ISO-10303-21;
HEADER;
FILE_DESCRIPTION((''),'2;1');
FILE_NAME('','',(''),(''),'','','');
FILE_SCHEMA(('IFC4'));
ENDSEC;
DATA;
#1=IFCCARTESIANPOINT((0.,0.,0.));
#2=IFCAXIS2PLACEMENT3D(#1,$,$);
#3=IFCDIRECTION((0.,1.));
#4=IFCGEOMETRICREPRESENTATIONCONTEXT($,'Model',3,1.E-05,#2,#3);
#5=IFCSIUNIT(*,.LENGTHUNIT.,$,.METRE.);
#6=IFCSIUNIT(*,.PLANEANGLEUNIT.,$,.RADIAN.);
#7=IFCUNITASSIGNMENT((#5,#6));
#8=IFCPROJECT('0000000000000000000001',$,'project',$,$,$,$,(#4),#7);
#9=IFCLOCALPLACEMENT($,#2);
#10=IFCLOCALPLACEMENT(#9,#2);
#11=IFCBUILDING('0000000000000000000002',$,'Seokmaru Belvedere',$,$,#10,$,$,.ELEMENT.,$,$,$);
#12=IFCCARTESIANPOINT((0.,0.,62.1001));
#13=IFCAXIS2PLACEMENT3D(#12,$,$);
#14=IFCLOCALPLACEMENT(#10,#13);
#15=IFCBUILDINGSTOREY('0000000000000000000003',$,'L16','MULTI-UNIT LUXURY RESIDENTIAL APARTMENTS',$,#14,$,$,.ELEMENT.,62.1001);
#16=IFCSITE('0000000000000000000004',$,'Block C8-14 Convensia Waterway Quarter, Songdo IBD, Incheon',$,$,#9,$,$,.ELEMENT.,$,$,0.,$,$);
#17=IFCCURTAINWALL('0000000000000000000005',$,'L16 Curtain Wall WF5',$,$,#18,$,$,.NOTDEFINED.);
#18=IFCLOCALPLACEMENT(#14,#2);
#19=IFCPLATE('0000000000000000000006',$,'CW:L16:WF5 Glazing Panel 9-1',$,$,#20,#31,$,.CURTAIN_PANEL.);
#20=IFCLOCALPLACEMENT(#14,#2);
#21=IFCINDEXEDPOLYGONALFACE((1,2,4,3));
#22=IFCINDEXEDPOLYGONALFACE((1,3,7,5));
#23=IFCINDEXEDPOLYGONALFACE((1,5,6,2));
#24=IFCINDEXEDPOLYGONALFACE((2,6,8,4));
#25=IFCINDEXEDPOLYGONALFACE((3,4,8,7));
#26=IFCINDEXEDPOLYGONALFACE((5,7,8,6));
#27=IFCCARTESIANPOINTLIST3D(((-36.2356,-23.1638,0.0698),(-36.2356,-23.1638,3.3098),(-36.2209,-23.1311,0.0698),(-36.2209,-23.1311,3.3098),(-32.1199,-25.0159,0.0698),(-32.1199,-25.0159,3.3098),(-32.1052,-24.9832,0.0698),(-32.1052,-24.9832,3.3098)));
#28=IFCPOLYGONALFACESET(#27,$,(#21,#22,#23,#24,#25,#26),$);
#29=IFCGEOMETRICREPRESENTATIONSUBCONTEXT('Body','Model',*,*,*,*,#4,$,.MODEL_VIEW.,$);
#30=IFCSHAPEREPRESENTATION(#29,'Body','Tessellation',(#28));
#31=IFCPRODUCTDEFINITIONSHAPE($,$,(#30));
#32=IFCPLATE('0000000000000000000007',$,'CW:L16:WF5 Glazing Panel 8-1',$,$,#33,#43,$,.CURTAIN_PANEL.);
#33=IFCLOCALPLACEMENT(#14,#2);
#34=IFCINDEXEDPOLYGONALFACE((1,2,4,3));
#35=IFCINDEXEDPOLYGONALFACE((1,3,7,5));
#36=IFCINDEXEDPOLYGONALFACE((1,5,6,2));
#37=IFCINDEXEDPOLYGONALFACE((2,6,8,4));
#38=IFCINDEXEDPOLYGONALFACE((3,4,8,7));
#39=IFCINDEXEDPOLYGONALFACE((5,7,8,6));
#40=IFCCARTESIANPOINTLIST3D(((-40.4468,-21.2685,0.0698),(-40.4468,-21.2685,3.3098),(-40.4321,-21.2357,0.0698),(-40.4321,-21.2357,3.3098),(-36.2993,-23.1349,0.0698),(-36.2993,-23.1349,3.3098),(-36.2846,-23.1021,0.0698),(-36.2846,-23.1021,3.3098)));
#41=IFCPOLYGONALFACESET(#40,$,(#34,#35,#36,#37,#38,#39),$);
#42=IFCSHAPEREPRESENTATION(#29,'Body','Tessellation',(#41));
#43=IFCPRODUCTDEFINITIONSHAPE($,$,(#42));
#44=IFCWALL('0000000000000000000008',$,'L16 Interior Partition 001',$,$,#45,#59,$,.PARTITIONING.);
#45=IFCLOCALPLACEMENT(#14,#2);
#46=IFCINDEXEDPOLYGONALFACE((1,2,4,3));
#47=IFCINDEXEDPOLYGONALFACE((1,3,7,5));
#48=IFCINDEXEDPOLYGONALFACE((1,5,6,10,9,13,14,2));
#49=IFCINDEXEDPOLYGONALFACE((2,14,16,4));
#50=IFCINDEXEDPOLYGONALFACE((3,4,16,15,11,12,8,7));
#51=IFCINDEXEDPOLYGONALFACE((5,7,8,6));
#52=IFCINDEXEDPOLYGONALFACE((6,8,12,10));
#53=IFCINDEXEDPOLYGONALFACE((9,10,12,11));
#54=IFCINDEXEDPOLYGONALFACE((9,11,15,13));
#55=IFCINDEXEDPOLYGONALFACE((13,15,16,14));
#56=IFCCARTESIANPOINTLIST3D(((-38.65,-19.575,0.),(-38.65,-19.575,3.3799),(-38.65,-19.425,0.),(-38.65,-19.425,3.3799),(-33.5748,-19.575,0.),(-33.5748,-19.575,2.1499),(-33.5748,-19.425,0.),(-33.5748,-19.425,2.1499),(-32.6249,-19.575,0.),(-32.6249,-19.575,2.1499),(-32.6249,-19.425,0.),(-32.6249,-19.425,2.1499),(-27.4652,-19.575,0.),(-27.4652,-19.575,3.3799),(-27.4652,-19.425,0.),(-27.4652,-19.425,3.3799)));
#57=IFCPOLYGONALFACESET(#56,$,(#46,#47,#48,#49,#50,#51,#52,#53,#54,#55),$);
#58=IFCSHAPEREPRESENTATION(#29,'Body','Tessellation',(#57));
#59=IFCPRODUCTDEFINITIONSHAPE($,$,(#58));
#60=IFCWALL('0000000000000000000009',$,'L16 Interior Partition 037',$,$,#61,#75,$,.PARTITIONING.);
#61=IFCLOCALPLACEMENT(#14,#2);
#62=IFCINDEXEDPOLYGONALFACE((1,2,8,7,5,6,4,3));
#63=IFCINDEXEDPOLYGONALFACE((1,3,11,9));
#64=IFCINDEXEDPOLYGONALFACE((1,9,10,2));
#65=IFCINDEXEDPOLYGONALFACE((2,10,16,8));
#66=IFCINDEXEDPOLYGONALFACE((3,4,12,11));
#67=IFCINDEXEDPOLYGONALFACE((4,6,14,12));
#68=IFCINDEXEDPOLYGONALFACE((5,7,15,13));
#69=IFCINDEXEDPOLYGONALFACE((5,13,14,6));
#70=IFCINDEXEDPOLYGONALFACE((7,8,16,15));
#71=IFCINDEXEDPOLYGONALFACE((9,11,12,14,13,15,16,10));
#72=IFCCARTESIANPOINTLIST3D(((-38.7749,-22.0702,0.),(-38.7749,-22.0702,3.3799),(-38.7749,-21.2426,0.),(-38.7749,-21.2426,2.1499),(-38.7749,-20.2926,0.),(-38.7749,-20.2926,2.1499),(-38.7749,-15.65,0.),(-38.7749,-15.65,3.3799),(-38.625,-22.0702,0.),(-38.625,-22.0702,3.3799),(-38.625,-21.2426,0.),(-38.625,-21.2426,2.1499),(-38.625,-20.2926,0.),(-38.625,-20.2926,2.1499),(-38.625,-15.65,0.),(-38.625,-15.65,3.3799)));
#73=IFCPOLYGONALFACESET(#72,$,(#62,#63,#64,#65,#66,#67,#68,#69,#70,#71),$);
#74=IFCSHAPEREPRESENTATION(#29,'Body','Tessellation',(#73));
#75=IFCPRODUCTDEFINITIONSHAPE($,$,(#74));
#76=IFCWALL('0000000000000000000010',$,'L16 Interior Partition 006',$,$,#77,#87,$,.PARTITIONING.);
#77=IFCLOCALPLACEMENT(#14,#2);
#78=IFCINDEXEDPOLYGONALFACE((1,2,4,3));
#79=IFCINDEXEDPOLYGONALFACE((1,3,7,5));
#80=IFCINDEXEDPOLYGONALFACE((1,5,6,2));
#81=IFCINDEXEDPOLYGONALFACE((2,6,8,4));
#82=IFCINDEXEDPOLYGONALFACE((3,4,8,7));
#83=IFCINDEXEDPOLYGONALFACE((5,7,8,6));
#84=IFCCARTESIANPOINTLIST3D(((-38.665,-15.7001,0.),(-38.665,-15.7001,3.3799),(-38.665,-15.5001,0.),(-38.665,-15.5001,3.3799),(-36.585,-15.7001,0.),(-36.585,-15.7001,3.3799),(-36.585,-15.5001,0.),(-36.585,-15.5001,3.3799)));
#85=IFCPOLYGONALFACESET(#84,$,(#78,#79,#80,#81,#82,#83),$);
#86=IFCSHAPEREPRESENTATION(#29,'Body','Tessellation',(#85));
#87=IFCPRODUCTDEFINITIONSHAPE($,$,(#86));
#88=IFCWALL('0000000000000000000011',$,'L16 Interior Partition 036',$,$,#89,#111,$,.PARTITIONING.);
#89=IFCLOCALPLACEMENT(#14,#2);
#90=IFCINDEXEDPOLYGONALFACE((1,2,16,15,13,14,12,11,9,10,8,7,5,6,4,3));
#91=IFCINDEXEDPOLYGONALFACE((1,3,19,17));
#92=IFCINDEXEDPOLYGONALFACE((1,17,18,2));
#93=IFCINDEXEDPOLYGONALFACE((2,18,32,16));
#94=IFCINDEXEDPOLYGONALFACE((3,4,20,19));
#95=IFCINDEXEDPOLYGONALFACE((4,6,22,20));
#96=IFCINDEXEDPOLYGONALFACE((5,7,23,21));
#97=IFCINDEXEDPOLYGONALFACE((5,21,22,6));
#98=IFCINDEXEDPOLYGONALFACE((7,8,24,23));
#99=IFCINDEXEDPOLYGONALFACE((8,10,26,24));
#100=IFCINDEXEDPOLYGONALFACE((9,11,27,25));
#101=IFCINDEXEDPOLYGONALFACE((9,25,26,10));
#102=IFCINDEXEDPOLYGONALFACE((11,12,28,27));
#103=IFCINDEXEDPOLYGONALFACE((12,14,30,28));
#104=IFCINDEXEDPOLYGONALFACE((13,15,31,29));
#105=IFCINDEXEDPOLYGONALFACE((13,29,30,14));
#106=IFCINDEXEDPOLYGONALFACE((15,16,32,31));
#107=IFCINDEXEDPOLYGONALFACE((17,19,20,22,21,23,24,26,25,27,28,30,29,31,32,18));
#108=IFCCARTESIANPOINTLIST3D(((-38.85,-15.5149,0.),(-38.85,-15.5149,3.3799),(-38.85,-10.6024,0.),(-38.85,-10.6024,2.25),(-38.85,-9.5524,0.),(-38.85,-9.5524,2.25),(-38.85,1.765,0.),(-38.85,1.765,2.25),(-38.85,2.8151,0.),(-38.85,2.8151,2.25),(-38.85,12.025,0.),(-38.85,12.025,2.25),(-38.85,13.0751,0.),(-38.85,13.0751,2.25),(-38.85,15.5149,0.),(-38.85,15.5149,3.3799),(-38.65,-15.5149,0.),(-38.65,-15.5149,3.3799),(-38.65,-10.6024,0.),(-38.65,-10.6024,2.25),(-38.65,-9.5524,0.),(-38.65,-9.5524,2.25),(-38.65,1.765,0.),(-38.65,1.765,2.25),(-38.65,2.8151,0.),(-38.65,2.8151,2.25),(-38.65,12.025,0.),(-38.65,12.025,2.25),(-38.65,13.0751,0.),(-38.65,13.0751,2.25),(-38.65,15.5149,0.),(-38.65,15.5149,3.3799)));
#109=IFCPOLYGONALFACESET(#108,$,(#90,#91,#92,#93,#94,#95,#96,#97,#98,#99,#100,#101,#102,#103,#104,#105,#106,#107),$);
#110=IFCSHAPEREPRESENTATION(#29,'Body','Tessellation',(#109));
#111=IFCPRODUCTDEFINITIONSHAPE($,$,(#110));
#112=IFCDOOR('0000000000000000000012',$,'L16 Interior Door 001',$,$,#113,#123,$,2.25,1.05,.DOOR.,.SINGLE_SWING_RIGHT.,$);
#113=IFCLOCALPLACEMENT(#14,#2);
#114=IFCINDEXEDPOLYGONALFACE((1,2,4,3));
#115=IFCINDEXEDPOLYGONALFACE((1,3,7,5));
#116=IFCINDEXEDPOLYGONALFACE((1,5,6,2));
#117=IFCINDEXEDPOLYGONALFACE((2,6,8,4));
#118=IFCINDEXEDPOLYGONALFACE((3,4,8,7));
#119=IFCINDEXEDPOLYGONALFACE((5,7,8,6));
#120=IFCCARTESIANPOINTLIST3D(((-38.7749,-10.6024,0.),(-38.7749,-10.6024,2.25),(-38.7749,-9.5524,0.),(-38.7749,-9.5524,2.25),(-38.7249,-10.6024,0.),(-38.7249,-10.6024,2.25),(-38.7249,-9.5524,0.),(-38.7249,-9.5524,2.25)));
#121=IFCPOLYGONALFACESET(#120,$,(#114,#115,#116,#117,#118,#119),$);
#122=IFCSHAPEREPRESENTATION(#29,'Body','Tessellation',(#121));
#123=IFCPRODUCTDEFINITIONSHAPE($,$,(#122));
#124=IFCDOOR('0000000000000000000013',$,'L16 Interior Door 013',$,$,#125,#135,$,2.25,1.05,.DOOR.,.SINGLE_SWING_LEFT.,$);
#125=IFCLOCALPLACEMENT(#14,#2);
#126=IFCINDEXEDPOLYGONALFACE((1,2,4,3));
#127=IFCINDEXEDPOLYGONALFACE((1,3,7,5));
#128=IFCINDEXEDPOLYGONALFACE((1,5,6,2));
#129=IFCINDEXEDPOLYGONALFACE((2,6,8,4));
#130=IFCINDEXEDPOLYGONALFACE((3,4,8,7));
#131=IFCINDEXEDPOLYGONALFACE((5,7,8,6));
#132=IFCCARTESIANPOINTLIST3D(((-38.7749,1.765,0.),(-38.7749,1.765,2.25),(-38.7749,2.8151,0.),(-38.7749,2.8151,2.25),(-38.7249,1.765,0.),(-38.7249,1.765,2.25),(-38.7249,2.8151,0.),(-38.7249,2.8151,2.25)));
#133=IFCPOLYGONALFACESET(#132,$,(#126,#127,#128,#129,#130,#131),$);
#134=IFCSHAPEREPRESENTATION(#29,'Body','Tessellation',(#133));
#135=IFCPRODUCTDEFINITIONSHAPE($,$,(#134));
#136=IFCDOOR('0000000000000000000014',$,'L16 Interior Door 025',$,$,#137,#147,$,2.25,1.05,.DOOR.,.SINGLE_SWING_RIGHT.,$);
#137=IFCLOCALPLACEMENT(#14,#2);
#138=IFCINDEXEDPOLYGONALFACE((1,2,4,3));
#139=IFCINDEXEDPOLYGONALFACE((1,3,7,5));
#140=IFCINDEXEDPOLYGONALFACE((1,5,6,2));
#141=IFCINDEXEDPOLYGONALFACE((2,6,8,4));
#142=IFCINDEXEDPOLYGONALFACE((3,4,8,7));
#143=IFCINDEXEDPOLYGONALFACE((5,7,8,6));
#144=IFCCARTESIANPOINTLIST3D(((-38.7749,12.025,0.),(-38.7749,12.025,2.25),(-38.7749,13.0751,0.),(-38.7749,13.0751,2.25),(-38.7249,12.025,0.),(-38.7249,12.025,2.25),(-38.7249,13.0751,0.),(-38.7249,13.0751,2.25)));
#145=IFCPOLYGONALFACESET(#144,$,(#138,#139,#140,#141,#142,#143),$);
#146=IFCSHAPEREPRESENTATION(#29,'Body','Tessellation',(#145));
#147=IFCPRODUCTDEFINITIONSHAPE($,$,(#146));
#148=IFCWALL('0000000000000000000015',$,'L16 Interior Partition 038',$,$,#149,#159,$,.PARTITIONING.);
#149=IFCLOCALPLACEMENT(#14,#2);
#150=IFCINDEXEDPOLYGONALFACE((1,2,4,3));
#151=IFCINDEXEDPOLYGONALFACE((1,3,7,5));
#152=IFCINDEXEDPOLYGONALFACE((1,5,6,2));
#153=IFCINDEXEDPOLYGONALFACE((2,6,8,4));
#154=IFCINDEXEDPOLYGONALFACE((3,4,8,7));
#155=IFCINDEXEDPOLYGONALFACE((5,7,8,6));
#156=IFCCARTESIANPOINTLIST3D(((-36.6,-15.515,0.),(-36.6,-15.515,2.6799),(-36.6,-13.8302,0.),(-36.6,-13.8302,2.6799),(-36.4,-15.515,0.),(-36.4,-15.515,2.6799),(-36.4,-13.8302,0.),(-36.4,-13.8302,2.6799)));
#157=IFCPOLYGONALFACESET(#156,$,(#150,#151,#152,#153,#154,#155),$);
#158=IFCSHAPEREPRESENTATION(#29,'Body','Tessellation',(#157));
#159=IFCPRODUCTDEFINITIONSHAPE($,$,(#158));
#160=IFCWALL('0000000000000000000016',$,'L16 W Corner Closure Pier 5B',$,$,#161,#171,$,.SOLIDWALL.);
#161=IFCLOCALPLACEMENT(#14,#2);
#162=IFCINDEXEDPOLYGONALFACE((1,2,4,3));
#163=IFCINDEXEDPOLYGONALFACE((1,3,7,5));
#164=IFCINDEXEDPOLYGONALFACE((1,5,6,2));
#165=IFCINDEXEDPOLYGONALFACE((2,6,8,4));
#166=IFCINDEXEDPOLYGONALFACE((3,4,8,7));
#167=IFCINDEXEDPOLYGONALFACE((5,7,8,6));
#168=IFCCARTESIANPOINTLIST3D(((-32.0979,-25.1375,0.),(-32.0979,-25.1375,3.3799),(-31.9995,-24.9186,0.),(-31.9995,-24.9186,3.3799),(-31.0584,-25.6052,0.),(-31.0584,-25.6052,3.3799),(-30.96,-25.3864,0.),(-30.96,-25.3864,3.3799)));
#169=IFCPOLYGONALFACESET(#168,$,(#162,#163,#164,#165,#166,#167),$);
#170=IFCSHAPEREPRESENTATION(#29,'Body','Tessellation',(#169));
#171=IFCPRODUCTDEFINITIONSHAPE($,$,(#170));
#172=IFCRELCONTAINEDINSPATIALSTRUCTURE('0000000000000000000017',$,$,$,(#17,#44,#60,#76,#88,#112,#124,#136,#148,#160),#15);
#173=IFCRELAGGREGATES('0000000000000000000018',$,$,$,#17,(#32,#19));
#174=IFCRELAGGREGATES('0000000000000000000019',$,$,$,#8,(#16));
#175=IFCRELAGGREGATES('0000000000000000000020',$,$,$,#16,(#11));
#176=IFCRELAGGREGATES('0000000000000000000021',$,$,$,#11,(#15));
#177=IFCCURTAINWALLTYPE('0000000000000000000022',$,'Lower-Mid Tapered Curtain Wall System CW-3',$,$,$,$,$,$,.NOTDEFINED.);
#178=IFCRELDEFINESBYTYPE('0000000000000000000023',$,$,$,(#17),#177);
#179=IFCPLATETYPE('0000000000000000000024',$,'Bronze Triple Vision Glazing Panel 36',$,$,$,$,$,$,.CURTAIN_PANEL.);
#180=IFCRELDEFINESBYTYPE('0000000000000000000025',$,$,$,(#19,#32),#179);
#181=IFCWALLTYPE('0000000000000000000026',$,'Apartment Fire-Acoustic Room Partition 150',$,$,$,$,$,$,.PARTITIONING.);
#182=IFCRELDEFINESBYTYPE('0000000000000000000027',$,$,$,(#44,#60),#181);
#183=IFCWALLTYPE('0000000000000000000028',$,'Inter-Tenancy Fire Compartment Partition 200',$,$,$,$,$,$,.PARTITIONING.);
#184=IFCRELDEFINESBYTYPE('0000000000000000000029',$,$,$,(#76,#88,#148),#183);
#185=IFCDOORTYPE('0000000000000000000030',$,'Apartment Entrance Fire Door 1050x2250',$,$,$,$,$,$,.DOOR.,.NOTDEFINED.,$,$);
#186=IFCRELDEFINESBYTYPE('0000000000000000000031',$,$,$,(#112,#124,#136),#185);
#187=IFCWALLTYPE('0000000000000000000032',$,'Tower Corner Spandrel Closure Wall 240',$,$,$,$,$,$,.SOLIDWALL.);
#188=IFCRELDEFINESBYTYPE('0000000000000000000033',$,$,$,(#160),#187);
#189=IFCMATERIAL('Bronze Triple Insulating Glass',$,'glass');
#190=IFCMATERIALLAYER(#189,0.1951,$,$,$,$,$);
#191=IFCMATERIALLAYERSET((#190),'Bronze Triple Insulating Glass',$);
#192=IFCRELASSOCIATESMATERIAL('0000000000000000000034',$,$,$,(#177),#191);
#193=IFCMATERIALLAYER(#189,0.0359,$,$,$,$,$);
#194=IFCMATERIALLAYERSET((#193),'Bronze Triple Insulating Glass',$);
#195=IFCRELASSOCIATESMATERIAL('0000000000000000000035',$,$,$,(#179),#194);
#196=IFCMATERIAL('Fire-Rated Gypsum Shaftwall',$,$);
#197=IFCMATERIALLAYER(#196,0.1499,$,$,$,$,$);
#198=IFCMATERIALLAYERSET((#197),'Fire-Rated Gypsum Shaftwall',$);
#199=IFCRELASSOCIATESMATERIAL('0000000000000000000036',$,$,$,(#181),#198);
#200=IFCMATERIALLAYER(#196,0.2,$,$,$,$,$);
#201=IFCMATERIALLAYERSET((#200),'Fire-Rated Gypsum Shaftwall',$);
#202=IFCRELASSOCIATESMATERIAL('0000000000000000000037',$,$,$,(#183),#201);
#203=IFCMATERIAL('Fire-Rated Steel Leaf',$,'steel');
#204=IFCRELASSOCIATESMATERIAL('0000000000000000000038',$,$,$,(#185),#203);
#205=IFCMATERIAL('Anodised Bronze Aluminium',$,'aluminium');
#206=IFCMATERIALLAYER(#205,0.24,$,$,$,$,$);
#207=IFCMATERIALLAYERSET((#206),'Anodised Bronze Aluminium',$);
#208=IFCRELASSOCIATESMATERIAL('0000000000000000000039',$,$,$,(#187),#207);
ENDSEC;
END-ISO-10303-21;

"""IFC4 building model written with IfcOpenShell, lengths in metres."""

from ifc_helpers import new_model, si_unit, direction, frame, frame_2d, origin, origin_2d, place, context, subcontext, project, spatial, rectangle, extrude, source, transform, mapped, material, layer, layer_set, type_object, type_shapes, element, fill, aggregate, save


model = new_model("IFC4")

# Units and contexts
model_context = context("Model", 3, precision=1e-05, world=origin(), true_north=direction((0.0, 1.0)))
body_context = subcontext(model_context, "Body", "Model", "MODEL_VIEW")
ifc_project = project(units=[si_unit("LENGTHUNIT", "METRE"), si_unit("PLANEANGLEUNIT", "RADIAN")], contexts=[model_context])

# Site, building, storey
site_placement = place(None, origin())
site = spatial("IfcSite", under=ifc_project, at=site_placement, Name="Block C8-14 Convensia Waterway Quarter, Songdo IBD, Incheon", CompositionType="ELEMENT", RefElevation=0.0)
building_placement = place(site_placement, origin())
building = spatial("IfcBuilding", under=site, at=building_placement, Name="Seokmaru Belvedere", CompositionType="ELEMENT")
storey_placement = place(building_placement, frame((0.0, 0.0, 62.1001)))
storey = spatial("IfcBuildingStorey", under=building, at=storey_placement, Name="L16", Description="MULTI-UNIT LUXURY RESIDENTIAL APARTMENTS", CompositionType="ELEMENT", Elevation=62.1001)

# Curtain wall, plates
ifc_material_1 = material(Name="Bronze Triple Insulating Glass", Category="glass")
ifc_layer_1 = layer(ifc_material_1, 0.1951)
ifc_layer_set_1 = layer_set([ifc_layer_1], Name="Bronze Triple Insulating Glass")
curtain_wall_type = type_object("IfcCurtainWallType", Name="Lower-Mid Tapered Curtain Wall System CW-3", PredefinedType="NOTDEFINED", material=ifc_layer_set_1)
curtain_wall_placement = place(storey_placement, origin())
curtain_wall = element("IfcCurtainWall", 1, at=curtain_wall_placement, inside=storey, type_object=curtain_wall_type, Name="L16 Curtain Wall WF5", PredefinedType="NOTDEFINED")
ifc_material_2 = material(Name="Anodised Bronze Aluminium", Category="aluminium")
ifc_layer_2 = layer(ifc_material_1, 0.0359)
ifc_layer_set_2 = layer_set([ifc_layer_2], Name="Bronze Triple Insulating Glass")
plate_type = type_object("IfcPlateType", Name="Bronze Triple Vision Glazing Panel 36", PredefinedType="CURTAIN_PANEL", material=ifc_layer_set_2)
shared_shape_1 = source(origin(), body_context, "Body", "SweptSolid", [
    extrude(rectangle(XDim=4.5132, YDim=0.0359, at=origin_2d()), origin(), (0.0, 0.0, 1.0), 3.24),
])
plate_1_placement = place(storey_placement, frame((-34.1704, -24.0735, 0.0698), z_axis=(0.0, 0.0, 1.0), x_axis=(0.911921, -0.410366, 0.0)))
plate_1 = element("IfcPlate", 2, at=plate_1_placement, type_object=plate_type, Name="CW:L16:WF5 Glazing Panel 9-1", PredefinedType="CURTAIN_PANEL", context=body_context, shape_type="MappedRepresentation", body=[
    mapped(shared_shape_1, transform((0.0, 0.0, 0.0), scale=1.0)),
])
shared_shape_2 = source(origin(), body_context, "Body", "SweptSolid", [
    extrude(rectangle(XDim=4.5481, YDim=0.0359, at=origin_2d()), origin(), (0.0, 0.0, 1.0), 3.24),
])
type_shapes(plate_type, [shared_shape_1, shared_shape_2])
plate_2_placement = place(storey_placement, frame((-38.3657, -22.1853, 0.0698), z_axis=(0.0, 0.0, 1.0), x_axis=(0.911921, -0.410366, 0.0)))
plate_2 = element("IfcPlate", 3, at=plate_2_placement, type_object=plate_type, Name="CW:L16:WF5 Glazing Panel 8-1", PredefinedType="CURTAIN_PANEL", context=body_context, shape_type="MappedRepresentation", body=[
    mapped(shared_shape_2, transform((0.0, 0.0, 0.0), scale=1.0)),
])
aggregate(curtain_wall, [plate_2, plate_1])

# Walls, openings
ifc_material_3 = material(Name="Fire-Rated Gypsum Shaftwall")
ifc_layer_3 = layer(ifc_material_3, 0.1499)
ifc_layer_set_3 = layer_set([ifc_layer_3], Name="Fire-Rated Gypsum Shaftwall")
wall_type_1 = type_object("IfcWallType", Name="Apartment Fire-Acoustic Room Partition 150", PredefinedType="PARTITIONING", material=ifc_layer_set_3)
wall_1_placement = place(storey_placement, frame((-38.6499, -19.5, 0.0), z_axis=(0.0, 0.0, 1.0), x_axis=(1.0, 0.0, 0.0)))
wall_1 = element("IfcWall", 4, at=wall_1_placement, inside=storey, type_object=wall_type_1, Name="L16 Interior Partition 001", PredefinedType="PARTITIONING", context=body_context, shape_type="SweptSolid", body=[
    extrude(rectangle(XDim=11.1848, YDim=0.1499, at=frame_2d((5.5923, 0.0))), origin(), (0.0, 0.0, 1.0), 3.3799),
])
opening_1_placement = place(wall_1_placement, frame((5.075, 0.0, 0.0)))
element("IfcOpeningElement", 5, at=opening_1_placement, cuts=wall_1, PredefinedType="OPENING", context=body_context, shape_type="SweptSolid", body=[
    extrude(rectangle(XDim=0.95, YDim=2.1499, at=frame_2d((0.4751, 1.075))), frame((0.0, 0.085, 0.0), z_axis=(0.0, -1.0, 0.0), x_axis=(1.0, 0.0, 0.0)), (0.0, 0.0, 1.0), 0.1699),
])
wall_2_placement = place(storey_placement, frame((-38.7, -22.0701, 0.0), z_axis=(0.0, 0.0, 1.0), x_axis=(0.0, 1.0, 0.0)))
wall_2 = element("IfcWall", 6, at=wall_2_placement, inside=storey, type_object=wall_type_1, Name="L16 Interior Partition 037", PredefinedType="PARTITIONING", context=body_context, shape_type="SweptSolid", body=[
    extrude(rectangle(XDim=6.4202, YDim=0.1499, at=frame_2d((3.21, 0.0))), origin(), (0.0, 0.0, 1.0), 3.3799),
])
opening_2_placement = place(wall_2_placement, frame((0.8274, 0.0, 0.0)))
element("IfcOpeningElement", 7, at=opening_2_placement, cuts=wall_2, PredefinedType="OPENING", context=body_context, shape_type="SweptSolid", body=[
    extrude(rectangle(XDim=0.95, YDim=2.1499, at=frame_2d((0.4751, 1.075))), frame((0.0, 0.085, 0.0), z_axis=(0.0, -1.0, 0.0), x_axis=(1.0, 0.0, 0.0)), (0.0, 0.0, 1.0), 0.1699),
])

# Wall
ifc_layer_4 = layer(ifc_material_3, 0.2)
ifc_layer_set_4 = layer_set([ifc_layer_4], Name="Fire-Rated Gypsum Shaftwall")
wall_type_2 = type_object("IfcWallType", Name="Inter-Tenancy Fire Compartment Partition 200", PredefinedType="PARTITIONING", material=ifc_layer_set_4)
wall_3_placement = place(storey_placement, frame((-38.665, -15.6001, 0.0), z_axis=(0.0, 0.0, 1.0), x_axis=(1.0, 0.0, 0.0)))
element("IfcWall", 8, at=wall_3_placement, inside=storey, type_object=wall_type_2, Name="L16 Interior Partition 006", PredefinedType="PARTITIONING", context=body_context, shape_type="SweptSolid", body=[
    extrude(rectangle(XDim=2.0801, YDim=0.2, at=frame_2d((1.04, 0.0))), origin(), (0.0, 0.0, 1.0), 3.3799),
])

# Wall, openings, doors
wall_4_placement = place(storey_placement, frame((-38.75, -15.5149, 0.0), z_axis=(0.0, 0.0, 1.0), x_axis=(0.0, 1.0, 0.0)))
wall_4 = element("IfcWall", 9, at=wall_4_placement, inside=storey, type_object=wall_type_2, Name="L16 Interior Partition 036", PredefinedType="PARTITIONING", context=body_context, shape_type="SweptSolid", body=[
    extrude(rectangle(XDim=31.0298, YDim=0.2, at=frame_2d((15.5149, 0.0))), origin(), (0.0, 0.0, 1.0), 3.3799),
])
opening_3_placement = place(wall_4_placement, frame((4.9126, 0.0, 0.0)))
opening_3 = element("IfcOpeningElement", 10, at=opening_3_placement, cuts=wall_4, PredefinedType="OPENING", context=body_context, shape_type="SweptSolid", body=[
    extrude(rectangle(XDim=1.05, YDim=2.25, at=frame_2d((0.5249, 1.125))), frame((0.0, 0.1099, 0.0), z_axis=(0.0, -1.0, 0.0), x_axis=(1.0, 0.0, 0.0)), (0.0, 0.0, 1.0), 0.22),
])
opening_4_placement = place(wall_4_placement, frame((17.28, 0.0, 0.0)))
opening_4 = element("IfcOpeningElement", 11, at=opening_4_placement, cuts=wall_4, PredefinedType="OPENING", context=body_context, shape_type="SweptSolid", body=[
    extrude(rectangle(XDim=1.05, YDim=2.25, at=frame_2d((0.5249, 1.125))), frame((0.0, 0.1099, 0.0), z_axis=(0.0, -1.0, 0.0), x_axis=(1.0, 0.0, 0.0)), (0.0, 0.0, 1.0), 0.22),
])
opening_5_placement = place(wall_4_placement, frame((27.54, 0.0, 0.0)))
opening_5 = element("IfcOpeningElement", 12, at=opening_5_placement, cuts=wall_4, PredefinedType="OPENING", context=body_context, shape_type="SweptSolid", body=[
    extrude(rectangle(XDim=1.05, YDim=2.25, at=frame_2d((0.5249, 1.125))), frame((0.0, 0.1099, 0.0), z_axis=(0.0, -1.0, 0.0), x_axis=(1.0, 0.0, 0.0)), (0.0, 0.0, 1.0), 0.22),
])
ifc_material_4 = material(Name="Fire-Rated Steel Leaf", Category="steel")
door_type = type_object("IfcDoorType", Name="Apartment Entrance Fire Door 1050x2250", OperationType="NOTDEFINED", PredefinedType="DOOR", material=ifc_material_4)
shared_shape_3 = source(origin(), body_context, "Body", "SweptSolid", [
    extrude(rectangle(XDim=1.05, YDim=2.25, at=frame_2d((0.5249, 1.125))), frame((0.0, 0.0249, 0.0), z_axis=(0.0, -1.0, 0.0), x_axis=(1.0, 0.0, 0.0)), (0.0, 0.0, 1.0), 0.05),
])
type_shapes(door_type, [shared_shape_3])
door_1_placement = place(opening_3_placement, origin())
door_1 = element("IfcDoor", 13, at=door_1_placement, inside=storey, type_object=door_type, Name="L16 Interior Door 001", OperationType="SINGLE_SWING_RIGHT", OverallHeight=2.25, OverallWidth=1.05, PredefinedType="DOOR", context=body_context, shape_type="MappedRepresentation", body=[
    mapped(shared_shape_3, transform((0.0, 0.0, 0.0), scale=1.0)),
])
fill(opening_3, door_1)
door_2_placement = place(opening_4_placement, origin())
door_2 = element("IfcDoor", 14, at=door_2_placement, inside=storey, type_object=door_type, Name="L16 Interior Door 013", OperationType="SINGLE_SWING_LEFT", OverallHeight=2.25, OverallWidth=1.05, PredefinedType="DOOR", context=body_context, shape_type="MappedRepresentation", body=[
    mapped(shared_shape_3, transform((0.0, 0.0, 0.0), scale=1.0)),
])
fill(opening_4, door_2)
door_3_placement = place(opening_5_placement, origin())
door_3 = element("IfcDoor", 15, at=door_3_placement, inside=storey, type_object=door_type, Name="L16 Interior Door 025", OperationType="SINGLE_SWING_RIGHT", OverallHeight=2.25, OverallWidth=1.05, PredefinedType="DOOR", context=body_context, shape_type="MappedRepresentation", body=[
    mapped(shared_shape_3, transform((0.0, 0.0, 0.0), scale=1.0)),
])
fill(opening_5, door_3)

# Walls
wall_5_placement = place(storey_placement, frame((-36.5, -15.5149, 0.0), z_axis=(0.0, 0.0, 1.0), x_axis=(0.0, 1.0, 0.0)))
element("IfcWall", 16, at=wall_5_placement, inside=storey, type_object=wall_type_2, Name="L16 Interior Partition 038", PredefinedType="PARTITIONING", context=body_context, shape_type="SweptSolid", body=[
    extrude(rectangle(XDim=1.6848, YDim=0.2, at=frame_2d((0.8423, 0.0))), origin(), (0.0, 0.0, 1.0), 2.6799),
])
ifc_layer_5 = layer(ifc_material_2, 0.24)
ifc_layer_set_5 = layer_set([ifc_layer_5], Name="Anodised Bronze Aluminium")
wall_type_3 = type_object("IfcWallType", Name="Tower Corner Spandrel Closure Wall 240", PredefinedType="SOLIDWALL", material=ifc_layer_set_5)
wall_6_placement = place(storey_placement, frame((-32.0486, -25.0281, 0.0), z_axis=(0.0, 0.0, 1.0), x_axis=(0.91193, -0.410347, 0.0)))
element("IfcWall", 17, at=wall_6_placement, inside=storey, type_object=wall_type_3, Name="L16 W Corner Closure Pier 5B", PredefinedType="SOLIDWALL", context=body_context, shape_type="SweptSolid", body=[
    extrude(rectangle(XDim=1.1399, YDim=0.24, at=frame_2d((0.5698, 0.0))), origin(), (0.0, 0.0, 1.0), 3.3799),
])

save(model, "model.ifc")
